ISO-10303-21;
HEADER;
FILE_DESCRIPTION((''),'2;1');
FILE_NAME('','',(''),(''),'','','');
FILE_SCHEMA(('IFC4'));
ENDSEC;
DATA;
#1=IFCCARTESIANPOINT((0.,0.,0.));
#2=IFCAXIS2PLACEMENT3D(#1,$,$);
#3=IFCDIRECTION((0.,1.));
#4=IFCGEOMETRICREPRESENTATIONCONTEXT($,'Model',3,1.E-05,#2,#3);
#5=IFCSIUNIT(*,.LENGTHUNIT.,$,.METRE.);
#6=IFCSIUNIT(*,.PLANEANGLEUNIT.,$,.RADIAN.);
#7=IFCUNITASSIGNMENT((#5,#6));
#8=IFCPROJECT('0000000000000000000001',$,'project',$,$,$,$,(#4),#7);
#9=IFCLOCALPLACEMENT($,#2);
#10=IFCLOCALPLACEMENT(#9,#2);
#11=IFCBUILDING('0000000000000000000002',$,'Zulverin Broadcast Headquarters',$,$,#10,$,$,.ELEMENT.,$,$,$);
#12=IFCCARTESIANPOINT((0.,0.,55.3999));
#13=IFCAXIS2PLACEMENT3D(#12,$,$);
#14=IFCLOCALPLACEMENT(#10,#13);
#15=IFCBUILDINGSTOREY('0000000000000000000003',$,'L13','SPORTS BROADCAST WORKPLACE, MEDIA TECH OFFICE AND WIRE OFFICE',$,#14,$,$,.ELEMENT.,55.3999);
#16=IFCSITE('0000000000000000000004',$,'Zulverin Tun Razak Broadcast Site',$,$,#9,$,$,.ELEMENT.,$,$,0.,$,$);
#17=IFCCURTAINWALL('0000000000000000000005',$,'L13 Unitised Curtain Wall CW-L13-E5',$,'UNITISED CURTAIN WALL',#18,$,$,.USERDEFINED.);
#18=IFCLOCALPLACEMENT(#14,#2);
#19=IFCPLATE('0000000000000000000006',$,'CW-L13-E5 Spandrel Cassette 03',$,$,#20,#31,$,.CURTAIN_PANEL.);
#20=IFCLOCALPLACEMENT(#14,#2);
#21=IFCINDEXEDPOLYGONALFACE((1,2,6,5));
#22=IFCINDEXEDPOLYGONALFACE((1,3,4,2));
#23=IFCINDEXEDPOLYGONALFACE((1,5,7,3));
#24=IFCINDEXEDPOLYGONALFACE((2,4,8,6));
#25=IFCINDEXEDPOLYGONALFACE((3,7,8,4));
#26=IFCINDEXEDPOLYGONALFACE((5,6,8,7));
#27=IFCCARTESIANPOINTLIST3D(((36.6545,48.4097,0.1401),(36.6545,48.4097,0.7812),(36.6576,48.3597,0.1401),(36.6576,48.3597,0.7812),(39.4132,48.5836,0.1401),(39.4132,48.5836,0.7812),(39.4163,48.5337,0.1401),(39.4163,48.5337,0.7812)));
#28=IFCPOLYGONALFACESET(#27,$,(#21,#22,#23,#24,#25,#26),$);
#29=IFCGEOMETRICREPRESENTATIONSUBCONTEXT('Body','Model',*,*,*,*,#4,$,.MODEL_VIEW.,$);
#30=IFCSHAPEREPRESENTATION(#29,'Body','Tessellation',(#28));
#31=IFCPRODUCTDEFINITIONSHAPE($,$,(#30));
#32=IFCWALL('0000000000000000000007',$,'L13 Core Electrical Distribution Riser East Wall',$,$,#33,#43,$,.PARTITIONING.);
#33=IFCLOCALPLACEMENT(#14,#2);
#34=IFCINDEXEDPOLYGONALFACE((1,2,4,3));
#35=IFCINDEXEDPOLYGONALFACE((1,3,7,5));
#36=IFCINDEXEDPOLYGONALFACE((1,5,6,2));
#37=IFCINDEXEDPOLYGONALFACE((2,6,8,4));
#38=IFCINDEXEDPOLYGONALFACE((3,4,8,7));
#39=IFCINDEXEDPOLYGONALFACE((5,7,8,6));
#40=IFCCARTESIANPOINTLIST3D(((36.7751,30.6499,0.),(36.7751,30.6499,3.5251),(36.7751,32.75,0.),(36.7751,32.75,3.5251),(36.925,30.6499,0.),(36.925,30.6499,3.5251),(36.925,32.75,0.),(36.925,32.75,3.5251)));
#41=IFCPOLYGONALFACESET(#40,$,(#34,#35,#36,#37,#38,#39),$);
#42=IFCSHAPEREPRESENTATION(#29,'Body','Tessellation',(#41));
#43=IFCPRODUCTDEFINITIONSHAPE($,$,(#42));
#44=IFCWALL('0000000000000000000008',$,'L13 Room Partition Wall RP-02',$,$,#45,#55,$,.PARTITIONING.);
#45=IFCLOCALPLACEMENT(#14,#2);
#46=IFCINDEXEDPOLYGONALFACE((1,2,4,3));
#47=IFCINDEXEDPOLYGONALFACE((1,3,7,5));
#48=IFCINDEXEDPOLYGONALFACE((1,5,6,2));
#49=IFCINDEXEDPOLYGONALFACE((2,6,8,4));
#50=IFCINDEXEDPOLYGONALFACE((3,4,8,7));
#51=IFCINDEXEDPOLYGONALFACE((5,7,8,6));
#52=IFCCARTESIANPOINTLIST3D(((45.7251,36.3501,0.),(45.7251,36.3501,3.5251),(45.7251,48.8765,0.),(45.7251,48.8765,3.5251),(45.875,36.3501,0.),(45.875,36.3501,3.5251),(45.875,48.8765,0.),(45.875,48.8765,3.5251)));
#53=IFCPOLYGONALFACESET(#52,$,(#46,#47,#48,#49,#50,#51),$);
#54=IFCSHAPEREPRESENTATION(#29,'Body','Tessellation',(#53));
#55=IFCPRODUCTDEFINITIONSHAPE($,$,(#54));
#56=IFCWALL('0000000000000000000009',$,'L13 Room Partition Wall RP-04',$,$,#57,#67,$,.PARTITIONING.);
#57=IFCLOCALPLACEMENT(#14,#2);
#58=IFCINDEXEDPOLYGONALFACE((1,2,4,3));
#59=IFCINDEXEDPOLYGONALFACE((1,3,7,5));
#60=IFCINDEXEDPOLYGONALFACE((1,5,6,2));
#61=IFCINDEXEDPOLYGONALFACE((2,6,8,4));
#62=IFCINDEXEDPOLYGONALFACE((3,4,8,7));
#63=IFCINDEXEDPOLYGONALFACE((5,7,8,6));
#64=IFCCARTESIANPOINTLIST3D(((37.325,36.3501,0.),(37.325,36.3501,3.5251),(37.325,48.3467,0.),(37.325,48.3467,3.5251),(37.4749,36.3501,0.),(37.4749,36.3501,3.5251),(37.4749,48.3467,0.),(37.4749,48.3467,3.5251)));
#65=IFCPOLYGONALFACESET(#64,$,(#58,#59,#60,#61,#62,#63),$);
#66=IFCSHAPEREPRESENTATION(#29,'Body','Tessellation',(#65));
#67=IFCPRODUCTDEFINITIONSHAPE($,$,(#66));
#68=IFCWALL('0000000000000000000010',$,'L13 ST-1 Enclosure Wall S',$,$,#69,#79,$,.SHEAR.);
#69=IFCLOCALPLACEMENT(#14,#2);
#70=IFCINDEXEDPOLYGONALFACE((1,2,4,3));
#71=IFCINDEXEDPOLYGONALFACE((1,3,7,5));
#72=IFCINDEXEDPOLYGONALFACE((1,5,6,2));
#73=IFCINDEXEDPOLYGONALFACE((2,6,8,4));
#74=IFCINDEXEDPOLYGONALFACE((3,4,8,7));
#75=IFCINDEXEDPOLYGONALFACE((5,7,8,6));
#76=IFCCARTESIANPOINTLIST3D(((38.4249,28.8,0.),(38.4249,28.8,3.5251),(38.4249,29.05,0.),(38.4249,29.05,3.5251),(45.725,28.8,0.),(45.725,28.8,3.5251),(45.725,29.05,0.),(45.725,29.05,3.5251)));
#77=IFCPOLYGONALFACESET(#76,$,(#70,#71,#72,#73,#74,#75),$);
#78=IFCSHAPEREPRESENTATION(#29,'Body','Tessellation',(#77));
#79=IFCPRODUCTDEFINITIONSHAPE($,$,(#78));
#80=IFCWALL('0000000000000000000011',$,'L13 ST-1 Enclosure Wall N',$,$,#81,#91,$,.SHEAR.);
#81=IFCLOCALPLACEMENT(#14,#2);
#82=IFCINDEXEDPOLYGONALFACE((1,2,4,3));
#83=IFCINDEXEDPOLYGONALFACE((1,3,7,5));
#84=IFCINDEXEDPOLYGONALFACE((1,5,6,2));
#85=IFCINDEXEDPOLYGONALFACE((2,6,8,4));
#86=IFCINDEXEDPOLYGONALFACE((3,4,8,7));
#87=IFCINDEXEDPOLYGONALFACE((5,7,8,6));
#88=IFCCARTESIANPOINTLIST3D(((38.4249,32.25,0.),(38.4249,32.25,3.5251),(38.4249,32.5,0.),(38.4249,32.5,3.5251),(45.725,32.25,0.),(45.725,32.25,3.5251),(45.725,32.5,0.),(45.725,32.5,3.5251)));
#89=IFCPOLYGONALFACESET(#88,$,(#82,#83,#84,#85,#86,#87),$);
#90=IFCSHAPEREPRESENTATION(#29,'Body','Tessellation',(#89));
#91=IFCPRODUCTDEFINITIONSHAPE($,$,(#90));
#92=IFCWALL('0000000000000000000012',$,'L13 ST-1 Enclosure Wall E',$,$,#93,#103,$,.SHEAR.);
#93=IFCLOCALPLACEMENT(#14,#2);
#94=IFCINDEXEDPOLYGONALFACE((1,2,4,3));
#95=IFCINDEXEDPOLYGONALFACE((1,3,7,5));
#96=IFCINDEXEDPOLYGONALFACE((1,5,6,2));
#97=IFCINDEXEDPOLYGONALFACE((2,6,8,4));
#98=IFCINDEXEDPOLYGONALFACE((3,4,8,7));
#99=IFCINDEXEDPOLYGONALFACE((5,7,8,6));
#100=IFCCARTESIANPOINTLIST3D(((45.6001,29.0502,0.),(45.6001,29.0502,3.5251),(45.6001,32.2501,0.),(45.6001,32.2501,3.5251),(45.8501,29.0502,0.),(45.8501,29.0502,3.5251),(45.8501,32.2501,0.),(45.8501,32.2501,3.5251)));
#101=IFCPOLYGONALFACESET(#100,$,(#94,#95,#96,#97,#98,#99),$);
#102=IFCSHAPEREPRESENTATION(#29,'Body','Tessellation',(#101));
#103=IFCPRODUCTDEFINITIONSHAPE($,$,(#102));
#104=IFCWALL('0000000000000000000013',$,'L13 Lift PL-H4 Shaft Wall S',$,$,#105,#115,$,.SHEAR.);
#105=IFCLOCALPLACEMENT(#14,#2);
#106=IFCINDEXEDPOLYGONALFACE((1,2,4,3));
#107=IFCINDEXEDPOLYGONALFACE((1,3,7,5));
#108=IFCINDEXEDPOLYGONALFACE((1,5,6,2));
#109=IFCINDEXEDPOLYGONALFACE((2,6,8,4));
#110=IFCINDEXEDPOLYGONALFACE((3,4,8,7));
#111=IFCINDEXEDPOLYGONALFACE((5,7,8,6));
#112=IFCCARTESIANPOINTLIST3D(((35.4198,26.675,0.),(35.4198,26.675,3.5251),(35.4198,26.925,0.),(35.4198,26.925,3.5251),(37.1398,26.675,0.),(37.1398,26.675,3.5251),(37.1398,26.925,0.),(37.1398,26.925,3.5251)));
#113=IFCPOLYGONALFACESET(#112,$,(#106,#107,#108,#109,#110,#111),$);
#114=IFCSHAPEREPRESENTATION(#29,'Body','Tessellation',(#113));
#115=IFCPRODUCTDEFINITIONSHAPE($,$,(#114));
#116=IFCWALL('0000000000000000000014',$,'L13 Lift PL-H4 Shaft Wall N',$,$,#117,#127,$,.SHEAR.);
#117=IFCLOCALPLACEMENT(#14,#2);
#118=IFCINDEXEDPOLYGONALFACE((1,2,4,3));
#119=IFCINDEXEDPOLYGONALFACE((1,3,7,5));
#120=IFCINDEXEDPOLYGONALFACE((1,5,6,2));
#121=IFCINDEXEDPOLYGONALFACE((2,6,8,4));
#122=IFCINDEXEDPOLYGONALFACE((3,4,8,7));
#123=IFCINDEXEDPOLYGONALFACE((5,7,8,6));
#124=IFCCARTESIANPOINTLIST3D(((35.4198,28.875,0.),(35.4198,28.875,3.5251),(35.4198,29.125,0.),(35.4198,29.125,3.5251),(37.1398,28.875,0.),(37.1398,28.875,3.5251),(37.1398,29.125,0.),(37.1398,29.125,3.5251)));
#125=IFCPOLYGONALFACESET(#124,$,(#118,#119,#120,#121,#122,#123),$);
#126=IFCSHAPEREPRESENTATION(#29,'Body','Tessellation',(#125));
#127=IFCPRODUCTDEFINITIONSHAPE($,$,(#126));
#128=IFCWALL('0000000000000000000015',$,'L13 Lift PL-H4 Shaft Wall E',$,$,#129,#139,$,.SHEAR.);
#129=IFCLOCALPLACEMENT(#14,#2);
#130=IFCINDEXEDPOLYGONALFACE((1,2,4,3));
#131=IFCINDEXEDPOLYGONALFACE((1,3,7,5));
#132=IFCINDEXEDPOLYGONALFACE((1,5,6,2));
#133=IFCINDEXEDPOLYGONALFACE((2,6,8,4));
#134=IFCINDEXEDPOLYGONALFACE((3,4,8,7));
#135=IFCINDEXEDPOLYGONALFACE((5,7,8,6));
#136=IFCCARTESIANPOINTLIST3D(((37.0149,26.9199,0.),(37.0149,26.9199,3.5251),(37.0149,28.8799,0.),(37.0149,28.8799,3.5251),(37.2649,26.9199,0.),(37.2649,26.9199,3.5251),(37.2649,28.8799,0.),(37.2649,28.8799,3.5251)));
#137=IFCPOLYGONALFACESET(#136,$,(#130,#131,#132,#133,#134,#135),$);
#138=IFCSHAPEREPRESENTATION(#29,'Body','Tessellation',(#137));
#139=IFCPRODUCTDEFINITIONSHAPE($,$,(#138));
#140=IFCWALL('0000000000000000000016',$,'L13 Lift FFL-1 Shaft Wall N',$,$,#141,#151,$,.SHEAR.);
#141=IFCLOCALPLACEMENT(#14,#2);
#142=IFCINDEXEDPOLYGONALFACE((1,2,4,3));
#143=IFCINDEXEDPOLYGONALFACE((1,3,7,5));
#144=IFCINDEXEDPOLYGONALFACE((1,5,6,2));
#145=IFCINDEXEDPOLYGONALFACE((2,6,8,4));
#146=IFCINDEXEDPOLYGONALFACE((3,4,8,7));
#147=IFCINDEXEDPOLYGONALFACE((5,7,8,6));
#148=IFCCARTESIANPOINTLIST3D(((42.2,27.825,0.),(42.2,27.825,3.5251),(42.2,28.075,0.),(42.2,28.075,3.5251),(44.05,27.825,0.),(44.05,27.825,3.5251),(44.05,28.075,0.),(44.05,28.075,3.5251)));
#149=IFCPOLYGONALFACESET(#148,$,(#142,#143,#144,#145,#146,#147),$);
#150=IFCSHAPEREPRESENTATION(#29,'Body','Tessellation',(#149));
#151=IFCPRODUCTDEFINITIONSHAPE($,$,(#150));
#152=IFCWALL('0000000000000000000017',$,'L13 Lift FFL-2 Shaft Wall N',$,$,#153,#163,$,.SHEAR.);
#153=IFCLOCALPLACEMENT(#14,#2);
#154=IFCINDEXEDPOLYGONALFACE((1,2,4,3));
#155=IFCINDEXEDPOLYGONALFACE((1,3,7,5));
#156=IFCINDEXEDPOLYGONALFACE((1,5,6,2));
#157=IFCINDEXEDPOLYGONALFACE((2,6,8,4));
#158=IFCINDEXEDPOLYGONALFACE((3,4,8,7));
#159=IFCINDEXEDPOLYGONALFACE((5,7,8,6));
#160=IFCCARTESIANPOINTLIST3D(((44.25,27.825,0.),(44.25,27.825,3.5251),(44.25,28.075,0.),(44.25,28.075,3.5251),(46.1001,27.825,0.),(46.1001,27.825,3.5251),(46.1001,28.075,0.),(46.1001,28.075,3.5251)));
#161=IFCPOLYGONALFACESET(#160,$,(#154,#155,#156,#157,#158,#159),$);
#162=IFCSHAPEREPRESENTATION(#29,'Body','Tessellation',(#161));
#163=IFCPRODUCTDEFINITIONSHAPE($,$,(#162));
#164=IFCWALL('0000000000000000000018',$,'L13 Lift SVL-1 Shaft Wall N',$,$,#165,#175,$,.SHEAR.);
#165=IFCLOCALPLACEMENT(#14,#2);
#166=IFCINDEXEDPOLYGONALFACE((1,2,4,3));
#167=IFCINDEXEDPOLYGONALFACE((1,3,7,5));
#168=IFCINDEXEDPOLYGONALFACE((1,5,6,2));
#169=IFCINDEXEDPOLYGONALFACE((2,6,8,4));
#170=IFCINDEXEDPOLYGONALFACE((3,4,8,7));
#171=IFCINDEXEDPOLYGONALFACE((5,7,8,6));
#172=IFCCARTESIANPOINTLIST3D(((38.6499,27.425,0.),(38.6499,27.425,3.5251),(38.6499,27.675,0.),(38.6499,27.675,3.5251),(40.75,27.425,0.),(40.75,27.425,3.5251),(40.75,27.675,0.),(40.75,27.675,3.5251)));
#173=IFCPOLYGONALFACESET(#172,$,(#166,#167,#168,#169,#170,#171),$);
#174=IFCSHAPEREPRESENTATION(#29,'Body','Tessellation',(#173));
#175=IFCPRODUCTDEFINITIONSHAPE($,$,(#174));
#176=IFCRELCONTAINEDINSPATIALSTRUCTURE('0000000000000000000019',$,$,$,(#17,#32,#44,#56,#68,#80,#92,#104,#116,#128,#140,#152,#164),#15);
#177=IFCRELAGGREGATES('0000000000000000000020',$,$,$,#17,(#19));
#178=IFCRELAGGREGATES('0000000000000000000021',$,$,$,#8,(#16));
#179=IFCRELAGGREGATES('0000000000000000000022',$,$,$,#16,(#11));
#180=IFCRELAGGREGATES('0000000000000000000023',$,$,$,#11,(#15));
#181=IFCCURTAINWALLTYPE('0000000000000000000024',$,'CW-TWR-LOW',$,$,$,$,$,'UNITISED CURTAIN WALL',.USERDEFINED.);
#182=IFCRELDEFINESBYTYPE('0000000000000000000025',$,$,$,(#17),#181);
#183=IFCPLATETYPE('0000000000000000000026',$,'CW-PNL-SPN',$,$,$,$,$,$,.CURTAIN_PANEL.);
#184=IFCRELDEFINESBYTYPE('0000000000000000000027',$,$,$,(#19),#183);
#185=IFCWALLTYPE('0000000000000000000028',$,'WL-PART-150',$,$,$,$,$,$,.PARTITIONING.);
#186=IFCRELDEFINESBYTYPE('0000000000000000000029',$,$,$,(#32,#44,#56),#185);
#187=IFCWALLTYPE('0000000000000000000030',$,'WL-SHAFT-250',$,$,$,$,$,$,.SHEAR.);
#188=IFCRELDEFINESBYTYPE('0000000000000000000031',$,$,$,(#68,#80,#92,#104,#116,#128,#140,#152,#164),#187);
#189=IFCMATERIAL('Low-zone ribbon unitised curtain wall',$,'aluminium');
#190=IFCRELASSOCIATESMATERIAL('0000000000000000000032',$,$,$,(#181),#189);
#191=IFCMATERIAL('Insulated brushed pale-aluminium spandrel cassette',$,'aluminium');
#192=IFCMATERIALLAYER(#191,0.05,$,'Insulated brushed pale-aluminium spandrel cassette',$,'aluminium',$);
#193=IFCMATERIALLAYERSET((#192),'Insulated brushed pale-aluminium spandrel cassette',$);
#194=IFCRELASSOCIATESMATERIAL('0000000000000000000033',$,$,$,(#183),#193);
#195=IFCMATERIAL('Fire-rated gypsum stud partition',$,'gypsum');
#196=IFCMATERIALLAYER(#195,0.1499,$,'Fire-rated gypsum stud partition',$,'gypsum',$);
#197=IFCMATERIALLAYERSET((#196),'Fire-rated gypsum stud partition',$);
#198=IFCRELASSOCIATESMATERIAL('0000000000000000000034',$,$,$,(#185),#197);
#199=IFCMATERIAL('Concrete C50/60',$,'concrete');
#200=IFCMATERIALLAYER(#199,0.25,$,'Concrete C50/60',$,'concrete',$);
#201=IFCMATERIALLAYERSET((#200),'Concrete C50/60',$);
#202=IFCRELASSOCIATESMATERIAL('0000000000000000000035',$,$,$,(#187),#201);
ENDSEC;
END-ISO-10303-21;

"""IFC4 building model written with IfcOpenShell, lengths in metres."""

from ifc_helpers import new_model, si_unit, direction, frame, frame_2d, origin, origin_2d, place, context, subcontext, project, spatial, rectangle, extrude, material, layer, layer_set, type_object, element, aggregate, save


model = new_model("IFC4")

# Units and contexts
model_context = context("Model", 3, precision=1e-05, world=origin(), true_north=direction((0.0, 1.0)))
body_context = subcontext(model_context, "Body", "Model", "MODEL_VIEW")
ifc_project = project(units=[si_unit("LENGTHUNIT", "METRE"), si_unit("PLANEANGLEUNIT", "RADIAN")], contexts=[model_context])

# Site, building, storey
site_placement = place(None, origin())
site = spatial("IfcSite", under=ifc_project, at=site_placement, Name="Zulverin Tun Razak Broadcast Site", CompositionType="ELEMENT", RefElevation=0.0)
building_placement = place(site_placement, origin())
building = spatial("IfcBuilding", under=site, at=building_placement, Name="Zulverin Broadcast Headquarters", CompositionType="ELEMENT")
storey_placement = place(building_placement, frame((0.0, 0.0, 55.3999)))
storey = spatial("IfcBuildingStorey", under=building, at=storey_placement, Name="L13", Description="SPORTS BROADCAST WORKPLACE, MEDIA TECH OFFICE AND WIRE OFFICE", CompositionType="ELEMENT", Elevation=55.3999)

# Curtain wall, plate
ifc_material_1 = material(Name="Low-zone ribbon unitised curtain wall", Category="aluminium")
curtain_wall_type = type_object("IfcCurtainWallType", Name="CW-TWR-LOW", ElementType="UNITISED CURTAIN WALL", PredefinedType="USERDEFINED", material=ifc_material_1)
curtain_wall_placement = place(storey_placement, origin())
curtain_wall = element("IfcCurtainWall", 1, at=curtain_wall_placement, inside=storey, type_object=curtain_wall_type, Name="L13 Unitised Curtain Wall CW-L13-E5", ObjectType="UNITISED CURTAIN WALL", PredefinedType="USERDEFINED")
ifc_material_2 = material(Name="Insulated brushed pale-aluminium spandrel cassette", Category="aluminium")
ifc_layer_1 = layer(ifc_material_2, 0.05, Name="Insulated brushed pale-aluminium spandrel cassette", Category="aluminium")
ifc_layer_set_1 = layer_set([ifc_layer_1], Name="Insulated brushed pale-aluminium spandrel cassette")
plate_type_1 = type_object("IfcPlateType", Name="CW-PNL-SPN", PredefinedType="CURTAIN_PANEL", material=ifc_layer_set_1)
plate_1_placement = place(storey_placement, frame((38.0354, 48.4717, 0.1401), z_axis=(0.0, 0.0, 1.0), x_axis=(-0.998018, -0.062935, 0.0)))
plate_1 = element("IfcPlate", 2, at=plate_1_placement, type_object=plate_type_1, Name="CW-L13-E5 Spandrel Cassette 03", PredefinedType="CURTAIN_PANEL", context=body_context, shape_type="SweptSolid", body=[
    extrude(rectangle(XDim=2.7642, YDim=0.05, at=origin_2d()), origin(), (0.0, 0.0, 1.0), 0.6411),
])
aggregate(curtain_wall, [plate_1])

# Walls
ifc_material_3 = material(Name="Fire-rated gypsum stud partition", Category="gypsum")
ifc_layer_2 = layer(ifc_material_3, 0.1499, Name="Fire-rated gypsum stud partition", Category="gypsum")
ifc_layer_set_2 = layer_set([ifc_layer_2], Name="Fire-rated gypsum stud partition")
wall_type_1 = type_object("IfcWallType", Name="WL-PART-150", PredefinedType="PARTITIONING", material=ifc_layer_set_2)
wall_1_placement = place(storey_placement, frame((36.8501, 30.6499, 0.0), z_axis=(0.0, 0.0, 1.0), x_axis=(0.0, 1.0, 0.0)))
element("IfcWall", 3, at=wall_1_placement, inside=storey, type_object=wall_type_1, Name="L13 Core Electrical Distribution Riser East Wall", PredefinedType="PARTITIONING", context=body_context, shape_type="SweptSolid", body=[
    extrude(rectangle(XDim=2.1001, YDim=0.1499, at=frame_2d((1.05, 0.0))), origin(), (0.0, 0.0, 1.0), 3.5251),
])
wall_2_placement = place(storey_placement, frame((45.8, 36.3501, 0.0), z_axis=(0.0, 0.0, 1.0), x_axis=(0.0, 1.0, 0.0)))
element("IfcWall", 4, at=wall_2_placement, inside=storey, type_object=wall_type_1, Name="L13 Room Partition Wall RP-02", PredefinedType="PARTITIONING", context=body_context, shape_type="SweptSolid", body=[
    extrude(rectangle(XDim=12.5264, YDim=0.1499, at=frame_2d((6.2632, 0.0))), origin(), (0.0, 0.0, 1.0), 3.5251),
])
wall_3_placement = place(storey_placement, frame((37.3999, 36.3501, 0.0), z_axis=(0.0, 0.0, 1.0), x_axis=(0.0, 1.0, 0.0)))
element("IfcWall", 5, at=wall_3_placement, inside=storey, type_object=wall_type_1, Name="L13 Room Partition Wall RP-04", PredefinedType="PARTITIONING", context=body_context, shape_type="SweptSolid", body=[
    extrude(rectangle(XDim=11.9966, YDim=0.1499, at=frame_2d((5.9983, 0.0))), origin(), (0.0, 0.0, 1.0), 3.5251),
])
ifc_material_4 = material(Name="Concrete C50/60", Category="concrete")
ifc_layer_3 = layer(ifc_material_4, 0.25, Name="Concrete C50/60", Category="concrete")
ifc_layer_set_3 = layer_set([ifc_layer_3], Name="Concrete C50/60")
wall_type_2 = type_object("IfcWallType", Name="WL-SHAFT-250", PredefinedType="SHEAR", material=ifc_layer_set_3)
for number, where, z_axis, x_axis, name in (
    (6, (38.425, 28.925, 0.0), (0.0, 0.0, 1.0), (1.0, 0.0, 0.0), "L13 ST-1 Enclosure Wall S"),
    (7, (38.425, 32.375, 0.0), (0.0, 0.0, 1.0), (1.0, 0.0, 0.0), "L13 ST-1 Enclosure Wall N"),
):
    element("IfcWall", number, at=place(storey_placement, frame(where, z_axis=z_axis, x_axis=x_axis)), inside=storey, type_object=wall_type_2, Name=name, PredefinedType="SHEAR", context=body_context, shape_type="SweptSolid", body=[
        extrude(rectangle(XDim=7.3, YDim=0.25, at=frame_2d((3.6499, 0.0))), origin(), (0.0, 0.0, 1.0), 3.5251),
    ])

# Walls
wall_4_placement = place(storey_placement, frame((45.7251, 29.05, 0.0), z_axis=(0.0, 0.0, 1.0), x_axis=(0.0, 1.0, 0.0)))
element("IfcWall", 8, at=wall_4_placement, inside=storey, type_object=wall_type_2, Name="L13 ST-1 Enclosure Wall E", PredefinedType="SHEAR", context=body_context, shape_type="SweptSolid", body=[
    extrude(rectangle(XDim=3.2, YDim=0.25, at=frame_2d((1.6001, 0.0))), origin(), (0.0, 0.0, 1.0), 3.5251),
])
for number, where, z_axis, x_axis, name in (
    (9, (35.4199, 26.8, 0.0), (0.0, 0.0, 1.0), (1.0, 0.0, 0.0), "L13 Lift PL-H4 Shaft Wall S"),
    (10, (35.4199, 29.0, 0.0), (0.0, 0.0, 1.0), (1.0, 0.0, 0.0), "L13 Lift PL-H4 Shaft Wall N"),
):
    element("IfcWall", number, at=place(storey_placement, frame(where, z_axis=z_axis, x_axis=x_axis)), inside=storey, type_object=wall_type_2, Name=name, PredefinedType="SHEAR", context=body_context, shape_type="SweptSolid", body=[
        extrude(rectangle(XDim=1.72, YDim=0.25, at=frame_2d((0.8599, 0.0))), origin(), (0.0, 0.0, 1.0), 3.5251),
    ])
wall_5_placement = place(storey_placement, frame((37.1399, 26.9199, 0.0), z_axis=(0.0, 0.0, 1.0), x_axis=(0.0, 1.0, 0.0)))
element("IfcWall", 11, at=wall_5_placement, inside=storey, type_object=wall_type_2, Name="L13 Lift PL-H4 Shaft Wall E", PredefinedType="SHEAR", context=body_context, shape_type="SweptSolid", body=[
    extrude(rectangle(XDim=1.96, YDim=0.25, at=frame_2d((0.98, 0.0))), origin(), (0.0, 0.0, 1.0), 3.5251),
])
for number, where, z_axis, x_axis, name in (
    (12, (42.2, 27.95, 0.0), (0.0, 0.0, 1.0), (1.0, 0.0, 0.0), "L13 Lift FFL-1 Shaft Wall N"),
    (13, (44.25, 27.95, 0.0), (0.0, 0.0, 1.0), (1.0, 0.0, 0.0), "L13 Lift FFL-2 Shaft Wall N"),
):
    element("IfcWall", number, at=place(storey_placement, frame(where, z_axis=z_axis, x_axis=x_axis)), inside=storey, type_object=wall_type_2, Name=name, PredefinedType="SHEAR", context=body_context, shape_type="SweptSolid", body=[
        extrude(rectangle(XDim=1.8501, YDim=0.25, at=frame_2d((0.925, 0.0))), origin(), (0.0, 0.0, 1.0), 3.5251),
    ])
wall_6_placement = place(storey_placement, frame((38.6499, 27.55, 0.0), z_axis=(0.0, 0.0, 1.0), x_axis=(1.0, 0.0, 0.0)))
element("IfcWall", 14, at=wall_6_placement, inside=storey, type_object=wall_type_2, Name="L13 Lift SVL-1 Shaft Wall N", PredefinedType="SHEAR", context=body_context, shape_type="SweptSolid", body=[
    extrude(rectangle(XDim=2.1001, YDim=0.25, at=frame_2d((1.05, 0.0))), origin(), (0.0, 0.0, 1.0), 3.5251),
])

save(model, "model.ifc")
